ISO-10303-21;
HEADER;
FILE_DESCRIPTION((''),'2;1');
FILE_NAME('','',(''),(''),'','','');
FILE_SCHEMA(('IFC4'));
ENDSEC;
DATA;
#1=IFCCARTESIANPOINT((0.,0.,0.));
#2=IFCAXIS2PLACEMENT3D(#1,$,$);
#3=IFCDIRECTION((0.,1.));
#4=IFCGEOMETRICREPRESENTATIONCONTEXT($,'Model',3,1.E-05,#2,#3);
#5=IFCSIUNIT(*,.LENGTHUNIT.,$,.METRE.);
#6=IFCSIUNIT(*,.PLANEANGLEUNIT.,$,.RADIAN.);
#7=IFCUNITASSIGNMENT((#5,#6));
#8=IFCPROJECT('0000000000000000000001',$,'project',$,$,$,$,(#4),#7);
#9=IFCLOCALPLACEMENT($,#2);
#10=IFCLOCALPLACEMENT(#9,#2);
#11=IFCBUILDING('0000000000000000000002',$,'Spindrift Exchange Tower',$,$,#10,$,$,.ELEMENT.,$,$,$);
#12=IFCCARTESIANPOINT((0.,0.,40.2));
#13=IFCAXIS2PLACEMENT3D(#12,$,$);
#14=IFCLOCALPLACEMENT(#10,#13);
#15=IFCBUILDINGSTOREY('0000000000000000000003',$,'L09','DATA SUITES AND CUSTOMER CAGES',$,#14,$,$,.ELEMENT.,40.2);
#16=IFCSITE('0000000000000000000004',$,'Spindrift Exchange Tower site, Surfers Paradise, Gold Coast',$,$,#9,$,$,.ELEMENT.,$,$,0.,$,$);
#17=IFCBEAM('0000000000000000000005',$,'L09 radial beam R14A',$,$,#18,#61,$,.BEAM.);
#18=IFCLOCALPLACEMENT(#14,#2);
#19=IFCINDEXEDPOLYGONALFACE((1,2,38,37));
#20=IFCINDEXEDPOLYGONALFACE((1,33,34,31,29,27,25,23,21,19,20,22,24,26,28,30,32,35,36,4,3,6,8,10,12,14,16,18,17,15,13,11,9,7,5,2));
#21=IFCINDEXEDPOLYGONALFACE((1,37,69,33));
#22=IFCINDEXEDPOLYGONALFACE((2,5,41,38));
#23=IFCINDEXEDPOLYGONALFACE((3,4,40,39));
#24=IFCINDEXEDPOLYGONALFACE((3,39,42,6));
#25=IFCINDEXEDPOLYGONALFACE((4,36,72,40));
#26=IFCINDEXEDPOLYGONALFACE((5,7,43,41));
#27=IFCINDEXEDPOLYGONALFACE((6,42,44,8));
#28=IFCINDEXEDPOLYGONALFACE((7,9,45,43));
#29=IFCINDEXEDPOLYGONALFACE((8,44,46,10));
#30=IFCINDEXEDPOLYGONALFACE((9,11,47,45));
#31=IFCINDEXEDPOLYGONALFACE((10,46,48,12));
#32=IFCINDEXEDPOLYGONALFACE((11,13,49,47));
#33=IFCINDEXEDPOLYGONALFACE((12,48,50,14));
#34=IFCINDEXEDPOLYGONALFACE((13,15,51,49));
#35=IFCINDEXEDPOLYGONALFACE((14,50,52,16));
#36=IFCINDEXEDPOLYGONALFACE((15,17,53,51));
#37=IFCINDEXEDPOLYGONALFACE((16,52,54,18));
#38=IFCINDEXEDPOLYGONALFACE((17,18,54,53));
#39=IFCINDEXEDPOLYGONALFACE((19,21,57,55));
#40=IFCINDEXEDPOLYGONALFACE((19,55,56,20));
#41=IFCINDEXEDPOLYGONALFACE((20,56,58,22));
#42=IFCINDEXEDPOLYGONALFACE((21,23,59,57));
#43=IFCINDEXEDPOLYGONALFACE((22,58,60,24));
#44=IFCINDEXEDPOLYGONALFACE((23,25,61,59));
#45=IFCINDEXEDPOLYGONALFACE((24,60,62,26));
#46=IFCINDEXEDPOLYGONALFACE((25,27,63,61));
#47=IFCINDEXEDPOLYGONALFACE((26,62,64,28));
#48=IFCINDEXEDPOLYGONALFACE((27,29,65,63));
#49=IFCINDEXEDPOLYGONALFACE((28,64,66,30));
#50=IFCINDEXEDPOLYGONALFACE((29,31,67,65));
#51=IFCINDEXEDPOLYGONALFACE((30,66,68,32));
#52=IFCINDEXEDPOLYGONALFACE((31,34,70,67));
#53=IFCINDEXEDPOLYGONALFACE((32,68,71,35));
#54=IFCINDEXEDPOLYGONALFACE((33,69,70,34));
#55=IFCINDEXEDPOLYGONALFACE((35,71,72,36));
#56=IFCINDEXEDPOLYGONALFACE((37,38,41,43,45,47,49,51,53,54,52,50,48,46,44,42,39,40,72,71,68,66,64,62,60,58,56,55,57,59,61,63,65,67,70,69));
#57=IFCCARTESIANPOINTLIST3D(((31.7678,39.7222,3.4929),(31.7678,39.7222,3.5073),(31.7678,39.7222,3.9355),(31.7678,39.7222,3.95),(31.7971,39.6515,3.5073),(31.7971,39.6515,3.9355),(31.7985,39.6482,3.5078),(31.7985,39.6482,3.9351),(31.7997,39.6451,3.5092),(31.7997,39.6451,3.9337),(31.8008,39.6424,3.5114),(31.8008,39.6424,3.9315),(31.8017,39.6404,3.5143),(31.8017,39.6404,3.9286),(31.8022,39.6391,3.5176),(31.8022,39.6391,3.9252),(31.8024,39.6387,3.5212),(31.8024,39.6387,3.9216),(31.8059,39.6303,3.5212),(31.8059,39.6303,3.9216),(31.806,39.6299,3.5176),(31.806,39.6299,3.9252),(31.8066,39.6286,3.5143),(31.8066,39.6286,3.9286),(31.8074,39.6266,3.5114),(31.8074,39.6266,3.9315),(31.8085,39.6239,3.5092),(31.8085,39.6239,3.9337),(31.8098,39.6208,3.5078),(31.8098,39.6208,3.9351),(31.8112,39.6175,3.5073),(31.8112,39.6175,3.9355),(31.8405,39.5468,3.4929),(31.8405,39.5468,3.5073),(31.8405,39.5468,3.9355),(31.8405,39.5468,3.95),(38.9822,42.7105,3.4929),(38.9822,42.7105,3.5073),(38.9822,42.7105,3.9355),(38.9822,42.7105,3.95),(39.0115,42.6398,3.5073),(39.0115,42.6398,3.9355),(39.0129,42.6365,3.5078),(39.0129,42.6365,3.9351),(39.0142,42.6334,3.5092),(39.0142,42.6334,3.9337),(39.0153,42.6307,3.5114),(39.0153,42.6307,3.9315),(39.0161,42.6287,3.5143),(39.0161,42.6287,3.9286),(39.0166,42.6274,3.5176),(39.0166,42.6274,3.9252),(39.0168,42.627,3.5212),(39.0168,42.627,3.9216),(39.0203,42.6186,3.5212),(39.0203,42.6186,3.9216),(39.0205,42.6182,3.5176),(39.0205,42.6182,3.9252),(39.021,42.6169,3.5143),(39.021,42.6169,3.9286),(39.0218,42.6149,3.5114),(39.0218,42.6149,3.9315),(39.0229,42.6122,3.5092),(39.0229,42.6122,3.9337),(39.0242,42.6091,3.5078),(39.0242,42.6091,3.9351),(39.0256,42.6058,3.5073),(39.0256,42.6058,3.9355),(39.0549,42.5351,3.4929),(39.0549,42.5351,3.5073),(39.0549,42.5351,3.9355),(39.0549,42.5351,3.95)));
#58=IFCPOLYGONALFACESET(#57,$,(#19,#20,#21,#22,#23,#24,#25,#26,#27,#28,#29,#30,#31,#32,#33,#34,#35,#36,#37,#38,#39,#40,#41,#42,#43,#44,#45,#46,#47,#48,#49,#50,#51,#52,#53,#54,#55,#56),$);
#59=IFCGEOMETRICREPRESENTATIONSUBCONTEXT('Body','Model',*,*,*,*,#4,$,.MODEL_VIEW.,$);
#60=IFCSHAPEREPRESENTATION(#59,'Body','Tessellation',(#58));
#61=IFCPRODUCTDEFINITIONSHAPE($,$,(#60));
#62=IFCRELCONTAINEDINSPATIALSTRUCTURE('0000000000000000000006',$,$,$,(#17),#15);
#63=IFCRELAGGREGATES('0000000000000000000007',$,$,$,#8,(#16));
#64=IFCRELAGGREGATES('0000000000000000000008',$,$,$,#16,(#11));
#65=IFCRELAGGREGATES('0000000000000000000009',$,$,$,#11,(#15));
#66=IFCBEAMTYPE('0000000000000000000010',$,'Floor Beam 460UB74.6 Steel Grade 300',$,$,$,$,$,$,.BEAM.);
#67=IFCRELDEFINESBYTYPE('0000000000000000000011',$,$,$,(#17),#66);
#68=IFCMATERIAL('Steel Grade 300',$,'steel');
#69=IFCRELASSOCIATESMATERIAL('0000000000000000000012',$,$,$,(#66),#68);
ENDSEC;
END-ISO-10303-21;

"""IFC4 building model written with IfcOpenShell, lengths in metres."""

from ifc_helpers import new_model, si_unit, direction, frame, origin, origin_2d, place, context, subcontext, project, spatial, i_section, extrude, source, transform, mapped, material, material_profile, profile_set, type_object, element, save


model = new_model("IFC4")

# Units and contexts
model_context = context("Model", 3, precision=1e-05, world=origin(), true_north=direction((0.0, 1.0)))
body_context = subcontext(model_context, "Body", "Model", "MODEL_VIEW")
ifc_project = project(units=[si_unit("LENGTHUNIT", "METRE"), si_unit("PLANEANGLEUNIT", "RADIAN")], contexts=[model_context])

# Site, building, storey
site_placement = place(None, origin())
site = spatial("IfcSite", under=ifc_project, at=site_placement, Name="Spindrift Exchange Tower site, Surfers Paradise, Gold Coast", CompositionType="ELEMENT", RefElevation=0.0)
building_placement = place(site_placement, origin())
building = spatial("IfcBuilding", under=site, at=building_placement, Name="Spindrift Exchange Tower", CompositionType="ELEMENT")
storey_placement = place(building_placement, frame((0.0, 0.0, 40.2)))
storey = spatial("IfcBuildingStorey", under=building, at=storey_placement, Name="L09", Description="DATA SUITES AND CUSTOMER CAGES", CompositionType="ELEMENT", Elevation=40.2)

# Beam
ifc_material_1 = material(Name="Steel Grade 300", Category="steel")
ifc_material_profile = material_profile(ifc_material_1, i_section(OverallWidth=0.1899, OverallDepth=0.457, WebThickness=0.009, FlangeThickness=0.0144, FilletRadius=0.0139, at=origin_2d()), Name="460UB74.6")
ifc_profile_set = profile_set([ifc_material_profile], Name="Steel Grade 300")
beam_type = type_object("IfcBeamType", Name="Floor Beam 460UB74.6 Steel Grade 300", PredefinedType="BEAM", material=ifc_profile_set)
shared_shape_1 = source(origin(), body_context, "Body", "SweptSolid", [
    extrude(i_section(OverallWidth=0.1899, OverallDepth=0.457, WebThickness=0.009, FlangeThickness=0.0144, FilletRadius=0.0139, at=origin_2d()), origin(), (0.0, 0.0, 1.0), 7.8088),
])
beam_placement = place(storey_placement, frame((39.0186, 42.6228, 3.7214), z_axis=(-0.92388, -0.382683, 0.0), x_axis=(0.382683, -0.92388, 0.0)))
element("IfcBeam", 1, at=beam_placement, inside=storey, type_object=beam_type, Name="L09 radial beam R14A", PredefinedType="BEAM", context=body_context, shape_type="MappedRepresentation", body=[
    mapped(shared_shape_1, transform((0.0, 0.0, 0.0), scale=1.0)),
])

save(model, "model.ifc")
